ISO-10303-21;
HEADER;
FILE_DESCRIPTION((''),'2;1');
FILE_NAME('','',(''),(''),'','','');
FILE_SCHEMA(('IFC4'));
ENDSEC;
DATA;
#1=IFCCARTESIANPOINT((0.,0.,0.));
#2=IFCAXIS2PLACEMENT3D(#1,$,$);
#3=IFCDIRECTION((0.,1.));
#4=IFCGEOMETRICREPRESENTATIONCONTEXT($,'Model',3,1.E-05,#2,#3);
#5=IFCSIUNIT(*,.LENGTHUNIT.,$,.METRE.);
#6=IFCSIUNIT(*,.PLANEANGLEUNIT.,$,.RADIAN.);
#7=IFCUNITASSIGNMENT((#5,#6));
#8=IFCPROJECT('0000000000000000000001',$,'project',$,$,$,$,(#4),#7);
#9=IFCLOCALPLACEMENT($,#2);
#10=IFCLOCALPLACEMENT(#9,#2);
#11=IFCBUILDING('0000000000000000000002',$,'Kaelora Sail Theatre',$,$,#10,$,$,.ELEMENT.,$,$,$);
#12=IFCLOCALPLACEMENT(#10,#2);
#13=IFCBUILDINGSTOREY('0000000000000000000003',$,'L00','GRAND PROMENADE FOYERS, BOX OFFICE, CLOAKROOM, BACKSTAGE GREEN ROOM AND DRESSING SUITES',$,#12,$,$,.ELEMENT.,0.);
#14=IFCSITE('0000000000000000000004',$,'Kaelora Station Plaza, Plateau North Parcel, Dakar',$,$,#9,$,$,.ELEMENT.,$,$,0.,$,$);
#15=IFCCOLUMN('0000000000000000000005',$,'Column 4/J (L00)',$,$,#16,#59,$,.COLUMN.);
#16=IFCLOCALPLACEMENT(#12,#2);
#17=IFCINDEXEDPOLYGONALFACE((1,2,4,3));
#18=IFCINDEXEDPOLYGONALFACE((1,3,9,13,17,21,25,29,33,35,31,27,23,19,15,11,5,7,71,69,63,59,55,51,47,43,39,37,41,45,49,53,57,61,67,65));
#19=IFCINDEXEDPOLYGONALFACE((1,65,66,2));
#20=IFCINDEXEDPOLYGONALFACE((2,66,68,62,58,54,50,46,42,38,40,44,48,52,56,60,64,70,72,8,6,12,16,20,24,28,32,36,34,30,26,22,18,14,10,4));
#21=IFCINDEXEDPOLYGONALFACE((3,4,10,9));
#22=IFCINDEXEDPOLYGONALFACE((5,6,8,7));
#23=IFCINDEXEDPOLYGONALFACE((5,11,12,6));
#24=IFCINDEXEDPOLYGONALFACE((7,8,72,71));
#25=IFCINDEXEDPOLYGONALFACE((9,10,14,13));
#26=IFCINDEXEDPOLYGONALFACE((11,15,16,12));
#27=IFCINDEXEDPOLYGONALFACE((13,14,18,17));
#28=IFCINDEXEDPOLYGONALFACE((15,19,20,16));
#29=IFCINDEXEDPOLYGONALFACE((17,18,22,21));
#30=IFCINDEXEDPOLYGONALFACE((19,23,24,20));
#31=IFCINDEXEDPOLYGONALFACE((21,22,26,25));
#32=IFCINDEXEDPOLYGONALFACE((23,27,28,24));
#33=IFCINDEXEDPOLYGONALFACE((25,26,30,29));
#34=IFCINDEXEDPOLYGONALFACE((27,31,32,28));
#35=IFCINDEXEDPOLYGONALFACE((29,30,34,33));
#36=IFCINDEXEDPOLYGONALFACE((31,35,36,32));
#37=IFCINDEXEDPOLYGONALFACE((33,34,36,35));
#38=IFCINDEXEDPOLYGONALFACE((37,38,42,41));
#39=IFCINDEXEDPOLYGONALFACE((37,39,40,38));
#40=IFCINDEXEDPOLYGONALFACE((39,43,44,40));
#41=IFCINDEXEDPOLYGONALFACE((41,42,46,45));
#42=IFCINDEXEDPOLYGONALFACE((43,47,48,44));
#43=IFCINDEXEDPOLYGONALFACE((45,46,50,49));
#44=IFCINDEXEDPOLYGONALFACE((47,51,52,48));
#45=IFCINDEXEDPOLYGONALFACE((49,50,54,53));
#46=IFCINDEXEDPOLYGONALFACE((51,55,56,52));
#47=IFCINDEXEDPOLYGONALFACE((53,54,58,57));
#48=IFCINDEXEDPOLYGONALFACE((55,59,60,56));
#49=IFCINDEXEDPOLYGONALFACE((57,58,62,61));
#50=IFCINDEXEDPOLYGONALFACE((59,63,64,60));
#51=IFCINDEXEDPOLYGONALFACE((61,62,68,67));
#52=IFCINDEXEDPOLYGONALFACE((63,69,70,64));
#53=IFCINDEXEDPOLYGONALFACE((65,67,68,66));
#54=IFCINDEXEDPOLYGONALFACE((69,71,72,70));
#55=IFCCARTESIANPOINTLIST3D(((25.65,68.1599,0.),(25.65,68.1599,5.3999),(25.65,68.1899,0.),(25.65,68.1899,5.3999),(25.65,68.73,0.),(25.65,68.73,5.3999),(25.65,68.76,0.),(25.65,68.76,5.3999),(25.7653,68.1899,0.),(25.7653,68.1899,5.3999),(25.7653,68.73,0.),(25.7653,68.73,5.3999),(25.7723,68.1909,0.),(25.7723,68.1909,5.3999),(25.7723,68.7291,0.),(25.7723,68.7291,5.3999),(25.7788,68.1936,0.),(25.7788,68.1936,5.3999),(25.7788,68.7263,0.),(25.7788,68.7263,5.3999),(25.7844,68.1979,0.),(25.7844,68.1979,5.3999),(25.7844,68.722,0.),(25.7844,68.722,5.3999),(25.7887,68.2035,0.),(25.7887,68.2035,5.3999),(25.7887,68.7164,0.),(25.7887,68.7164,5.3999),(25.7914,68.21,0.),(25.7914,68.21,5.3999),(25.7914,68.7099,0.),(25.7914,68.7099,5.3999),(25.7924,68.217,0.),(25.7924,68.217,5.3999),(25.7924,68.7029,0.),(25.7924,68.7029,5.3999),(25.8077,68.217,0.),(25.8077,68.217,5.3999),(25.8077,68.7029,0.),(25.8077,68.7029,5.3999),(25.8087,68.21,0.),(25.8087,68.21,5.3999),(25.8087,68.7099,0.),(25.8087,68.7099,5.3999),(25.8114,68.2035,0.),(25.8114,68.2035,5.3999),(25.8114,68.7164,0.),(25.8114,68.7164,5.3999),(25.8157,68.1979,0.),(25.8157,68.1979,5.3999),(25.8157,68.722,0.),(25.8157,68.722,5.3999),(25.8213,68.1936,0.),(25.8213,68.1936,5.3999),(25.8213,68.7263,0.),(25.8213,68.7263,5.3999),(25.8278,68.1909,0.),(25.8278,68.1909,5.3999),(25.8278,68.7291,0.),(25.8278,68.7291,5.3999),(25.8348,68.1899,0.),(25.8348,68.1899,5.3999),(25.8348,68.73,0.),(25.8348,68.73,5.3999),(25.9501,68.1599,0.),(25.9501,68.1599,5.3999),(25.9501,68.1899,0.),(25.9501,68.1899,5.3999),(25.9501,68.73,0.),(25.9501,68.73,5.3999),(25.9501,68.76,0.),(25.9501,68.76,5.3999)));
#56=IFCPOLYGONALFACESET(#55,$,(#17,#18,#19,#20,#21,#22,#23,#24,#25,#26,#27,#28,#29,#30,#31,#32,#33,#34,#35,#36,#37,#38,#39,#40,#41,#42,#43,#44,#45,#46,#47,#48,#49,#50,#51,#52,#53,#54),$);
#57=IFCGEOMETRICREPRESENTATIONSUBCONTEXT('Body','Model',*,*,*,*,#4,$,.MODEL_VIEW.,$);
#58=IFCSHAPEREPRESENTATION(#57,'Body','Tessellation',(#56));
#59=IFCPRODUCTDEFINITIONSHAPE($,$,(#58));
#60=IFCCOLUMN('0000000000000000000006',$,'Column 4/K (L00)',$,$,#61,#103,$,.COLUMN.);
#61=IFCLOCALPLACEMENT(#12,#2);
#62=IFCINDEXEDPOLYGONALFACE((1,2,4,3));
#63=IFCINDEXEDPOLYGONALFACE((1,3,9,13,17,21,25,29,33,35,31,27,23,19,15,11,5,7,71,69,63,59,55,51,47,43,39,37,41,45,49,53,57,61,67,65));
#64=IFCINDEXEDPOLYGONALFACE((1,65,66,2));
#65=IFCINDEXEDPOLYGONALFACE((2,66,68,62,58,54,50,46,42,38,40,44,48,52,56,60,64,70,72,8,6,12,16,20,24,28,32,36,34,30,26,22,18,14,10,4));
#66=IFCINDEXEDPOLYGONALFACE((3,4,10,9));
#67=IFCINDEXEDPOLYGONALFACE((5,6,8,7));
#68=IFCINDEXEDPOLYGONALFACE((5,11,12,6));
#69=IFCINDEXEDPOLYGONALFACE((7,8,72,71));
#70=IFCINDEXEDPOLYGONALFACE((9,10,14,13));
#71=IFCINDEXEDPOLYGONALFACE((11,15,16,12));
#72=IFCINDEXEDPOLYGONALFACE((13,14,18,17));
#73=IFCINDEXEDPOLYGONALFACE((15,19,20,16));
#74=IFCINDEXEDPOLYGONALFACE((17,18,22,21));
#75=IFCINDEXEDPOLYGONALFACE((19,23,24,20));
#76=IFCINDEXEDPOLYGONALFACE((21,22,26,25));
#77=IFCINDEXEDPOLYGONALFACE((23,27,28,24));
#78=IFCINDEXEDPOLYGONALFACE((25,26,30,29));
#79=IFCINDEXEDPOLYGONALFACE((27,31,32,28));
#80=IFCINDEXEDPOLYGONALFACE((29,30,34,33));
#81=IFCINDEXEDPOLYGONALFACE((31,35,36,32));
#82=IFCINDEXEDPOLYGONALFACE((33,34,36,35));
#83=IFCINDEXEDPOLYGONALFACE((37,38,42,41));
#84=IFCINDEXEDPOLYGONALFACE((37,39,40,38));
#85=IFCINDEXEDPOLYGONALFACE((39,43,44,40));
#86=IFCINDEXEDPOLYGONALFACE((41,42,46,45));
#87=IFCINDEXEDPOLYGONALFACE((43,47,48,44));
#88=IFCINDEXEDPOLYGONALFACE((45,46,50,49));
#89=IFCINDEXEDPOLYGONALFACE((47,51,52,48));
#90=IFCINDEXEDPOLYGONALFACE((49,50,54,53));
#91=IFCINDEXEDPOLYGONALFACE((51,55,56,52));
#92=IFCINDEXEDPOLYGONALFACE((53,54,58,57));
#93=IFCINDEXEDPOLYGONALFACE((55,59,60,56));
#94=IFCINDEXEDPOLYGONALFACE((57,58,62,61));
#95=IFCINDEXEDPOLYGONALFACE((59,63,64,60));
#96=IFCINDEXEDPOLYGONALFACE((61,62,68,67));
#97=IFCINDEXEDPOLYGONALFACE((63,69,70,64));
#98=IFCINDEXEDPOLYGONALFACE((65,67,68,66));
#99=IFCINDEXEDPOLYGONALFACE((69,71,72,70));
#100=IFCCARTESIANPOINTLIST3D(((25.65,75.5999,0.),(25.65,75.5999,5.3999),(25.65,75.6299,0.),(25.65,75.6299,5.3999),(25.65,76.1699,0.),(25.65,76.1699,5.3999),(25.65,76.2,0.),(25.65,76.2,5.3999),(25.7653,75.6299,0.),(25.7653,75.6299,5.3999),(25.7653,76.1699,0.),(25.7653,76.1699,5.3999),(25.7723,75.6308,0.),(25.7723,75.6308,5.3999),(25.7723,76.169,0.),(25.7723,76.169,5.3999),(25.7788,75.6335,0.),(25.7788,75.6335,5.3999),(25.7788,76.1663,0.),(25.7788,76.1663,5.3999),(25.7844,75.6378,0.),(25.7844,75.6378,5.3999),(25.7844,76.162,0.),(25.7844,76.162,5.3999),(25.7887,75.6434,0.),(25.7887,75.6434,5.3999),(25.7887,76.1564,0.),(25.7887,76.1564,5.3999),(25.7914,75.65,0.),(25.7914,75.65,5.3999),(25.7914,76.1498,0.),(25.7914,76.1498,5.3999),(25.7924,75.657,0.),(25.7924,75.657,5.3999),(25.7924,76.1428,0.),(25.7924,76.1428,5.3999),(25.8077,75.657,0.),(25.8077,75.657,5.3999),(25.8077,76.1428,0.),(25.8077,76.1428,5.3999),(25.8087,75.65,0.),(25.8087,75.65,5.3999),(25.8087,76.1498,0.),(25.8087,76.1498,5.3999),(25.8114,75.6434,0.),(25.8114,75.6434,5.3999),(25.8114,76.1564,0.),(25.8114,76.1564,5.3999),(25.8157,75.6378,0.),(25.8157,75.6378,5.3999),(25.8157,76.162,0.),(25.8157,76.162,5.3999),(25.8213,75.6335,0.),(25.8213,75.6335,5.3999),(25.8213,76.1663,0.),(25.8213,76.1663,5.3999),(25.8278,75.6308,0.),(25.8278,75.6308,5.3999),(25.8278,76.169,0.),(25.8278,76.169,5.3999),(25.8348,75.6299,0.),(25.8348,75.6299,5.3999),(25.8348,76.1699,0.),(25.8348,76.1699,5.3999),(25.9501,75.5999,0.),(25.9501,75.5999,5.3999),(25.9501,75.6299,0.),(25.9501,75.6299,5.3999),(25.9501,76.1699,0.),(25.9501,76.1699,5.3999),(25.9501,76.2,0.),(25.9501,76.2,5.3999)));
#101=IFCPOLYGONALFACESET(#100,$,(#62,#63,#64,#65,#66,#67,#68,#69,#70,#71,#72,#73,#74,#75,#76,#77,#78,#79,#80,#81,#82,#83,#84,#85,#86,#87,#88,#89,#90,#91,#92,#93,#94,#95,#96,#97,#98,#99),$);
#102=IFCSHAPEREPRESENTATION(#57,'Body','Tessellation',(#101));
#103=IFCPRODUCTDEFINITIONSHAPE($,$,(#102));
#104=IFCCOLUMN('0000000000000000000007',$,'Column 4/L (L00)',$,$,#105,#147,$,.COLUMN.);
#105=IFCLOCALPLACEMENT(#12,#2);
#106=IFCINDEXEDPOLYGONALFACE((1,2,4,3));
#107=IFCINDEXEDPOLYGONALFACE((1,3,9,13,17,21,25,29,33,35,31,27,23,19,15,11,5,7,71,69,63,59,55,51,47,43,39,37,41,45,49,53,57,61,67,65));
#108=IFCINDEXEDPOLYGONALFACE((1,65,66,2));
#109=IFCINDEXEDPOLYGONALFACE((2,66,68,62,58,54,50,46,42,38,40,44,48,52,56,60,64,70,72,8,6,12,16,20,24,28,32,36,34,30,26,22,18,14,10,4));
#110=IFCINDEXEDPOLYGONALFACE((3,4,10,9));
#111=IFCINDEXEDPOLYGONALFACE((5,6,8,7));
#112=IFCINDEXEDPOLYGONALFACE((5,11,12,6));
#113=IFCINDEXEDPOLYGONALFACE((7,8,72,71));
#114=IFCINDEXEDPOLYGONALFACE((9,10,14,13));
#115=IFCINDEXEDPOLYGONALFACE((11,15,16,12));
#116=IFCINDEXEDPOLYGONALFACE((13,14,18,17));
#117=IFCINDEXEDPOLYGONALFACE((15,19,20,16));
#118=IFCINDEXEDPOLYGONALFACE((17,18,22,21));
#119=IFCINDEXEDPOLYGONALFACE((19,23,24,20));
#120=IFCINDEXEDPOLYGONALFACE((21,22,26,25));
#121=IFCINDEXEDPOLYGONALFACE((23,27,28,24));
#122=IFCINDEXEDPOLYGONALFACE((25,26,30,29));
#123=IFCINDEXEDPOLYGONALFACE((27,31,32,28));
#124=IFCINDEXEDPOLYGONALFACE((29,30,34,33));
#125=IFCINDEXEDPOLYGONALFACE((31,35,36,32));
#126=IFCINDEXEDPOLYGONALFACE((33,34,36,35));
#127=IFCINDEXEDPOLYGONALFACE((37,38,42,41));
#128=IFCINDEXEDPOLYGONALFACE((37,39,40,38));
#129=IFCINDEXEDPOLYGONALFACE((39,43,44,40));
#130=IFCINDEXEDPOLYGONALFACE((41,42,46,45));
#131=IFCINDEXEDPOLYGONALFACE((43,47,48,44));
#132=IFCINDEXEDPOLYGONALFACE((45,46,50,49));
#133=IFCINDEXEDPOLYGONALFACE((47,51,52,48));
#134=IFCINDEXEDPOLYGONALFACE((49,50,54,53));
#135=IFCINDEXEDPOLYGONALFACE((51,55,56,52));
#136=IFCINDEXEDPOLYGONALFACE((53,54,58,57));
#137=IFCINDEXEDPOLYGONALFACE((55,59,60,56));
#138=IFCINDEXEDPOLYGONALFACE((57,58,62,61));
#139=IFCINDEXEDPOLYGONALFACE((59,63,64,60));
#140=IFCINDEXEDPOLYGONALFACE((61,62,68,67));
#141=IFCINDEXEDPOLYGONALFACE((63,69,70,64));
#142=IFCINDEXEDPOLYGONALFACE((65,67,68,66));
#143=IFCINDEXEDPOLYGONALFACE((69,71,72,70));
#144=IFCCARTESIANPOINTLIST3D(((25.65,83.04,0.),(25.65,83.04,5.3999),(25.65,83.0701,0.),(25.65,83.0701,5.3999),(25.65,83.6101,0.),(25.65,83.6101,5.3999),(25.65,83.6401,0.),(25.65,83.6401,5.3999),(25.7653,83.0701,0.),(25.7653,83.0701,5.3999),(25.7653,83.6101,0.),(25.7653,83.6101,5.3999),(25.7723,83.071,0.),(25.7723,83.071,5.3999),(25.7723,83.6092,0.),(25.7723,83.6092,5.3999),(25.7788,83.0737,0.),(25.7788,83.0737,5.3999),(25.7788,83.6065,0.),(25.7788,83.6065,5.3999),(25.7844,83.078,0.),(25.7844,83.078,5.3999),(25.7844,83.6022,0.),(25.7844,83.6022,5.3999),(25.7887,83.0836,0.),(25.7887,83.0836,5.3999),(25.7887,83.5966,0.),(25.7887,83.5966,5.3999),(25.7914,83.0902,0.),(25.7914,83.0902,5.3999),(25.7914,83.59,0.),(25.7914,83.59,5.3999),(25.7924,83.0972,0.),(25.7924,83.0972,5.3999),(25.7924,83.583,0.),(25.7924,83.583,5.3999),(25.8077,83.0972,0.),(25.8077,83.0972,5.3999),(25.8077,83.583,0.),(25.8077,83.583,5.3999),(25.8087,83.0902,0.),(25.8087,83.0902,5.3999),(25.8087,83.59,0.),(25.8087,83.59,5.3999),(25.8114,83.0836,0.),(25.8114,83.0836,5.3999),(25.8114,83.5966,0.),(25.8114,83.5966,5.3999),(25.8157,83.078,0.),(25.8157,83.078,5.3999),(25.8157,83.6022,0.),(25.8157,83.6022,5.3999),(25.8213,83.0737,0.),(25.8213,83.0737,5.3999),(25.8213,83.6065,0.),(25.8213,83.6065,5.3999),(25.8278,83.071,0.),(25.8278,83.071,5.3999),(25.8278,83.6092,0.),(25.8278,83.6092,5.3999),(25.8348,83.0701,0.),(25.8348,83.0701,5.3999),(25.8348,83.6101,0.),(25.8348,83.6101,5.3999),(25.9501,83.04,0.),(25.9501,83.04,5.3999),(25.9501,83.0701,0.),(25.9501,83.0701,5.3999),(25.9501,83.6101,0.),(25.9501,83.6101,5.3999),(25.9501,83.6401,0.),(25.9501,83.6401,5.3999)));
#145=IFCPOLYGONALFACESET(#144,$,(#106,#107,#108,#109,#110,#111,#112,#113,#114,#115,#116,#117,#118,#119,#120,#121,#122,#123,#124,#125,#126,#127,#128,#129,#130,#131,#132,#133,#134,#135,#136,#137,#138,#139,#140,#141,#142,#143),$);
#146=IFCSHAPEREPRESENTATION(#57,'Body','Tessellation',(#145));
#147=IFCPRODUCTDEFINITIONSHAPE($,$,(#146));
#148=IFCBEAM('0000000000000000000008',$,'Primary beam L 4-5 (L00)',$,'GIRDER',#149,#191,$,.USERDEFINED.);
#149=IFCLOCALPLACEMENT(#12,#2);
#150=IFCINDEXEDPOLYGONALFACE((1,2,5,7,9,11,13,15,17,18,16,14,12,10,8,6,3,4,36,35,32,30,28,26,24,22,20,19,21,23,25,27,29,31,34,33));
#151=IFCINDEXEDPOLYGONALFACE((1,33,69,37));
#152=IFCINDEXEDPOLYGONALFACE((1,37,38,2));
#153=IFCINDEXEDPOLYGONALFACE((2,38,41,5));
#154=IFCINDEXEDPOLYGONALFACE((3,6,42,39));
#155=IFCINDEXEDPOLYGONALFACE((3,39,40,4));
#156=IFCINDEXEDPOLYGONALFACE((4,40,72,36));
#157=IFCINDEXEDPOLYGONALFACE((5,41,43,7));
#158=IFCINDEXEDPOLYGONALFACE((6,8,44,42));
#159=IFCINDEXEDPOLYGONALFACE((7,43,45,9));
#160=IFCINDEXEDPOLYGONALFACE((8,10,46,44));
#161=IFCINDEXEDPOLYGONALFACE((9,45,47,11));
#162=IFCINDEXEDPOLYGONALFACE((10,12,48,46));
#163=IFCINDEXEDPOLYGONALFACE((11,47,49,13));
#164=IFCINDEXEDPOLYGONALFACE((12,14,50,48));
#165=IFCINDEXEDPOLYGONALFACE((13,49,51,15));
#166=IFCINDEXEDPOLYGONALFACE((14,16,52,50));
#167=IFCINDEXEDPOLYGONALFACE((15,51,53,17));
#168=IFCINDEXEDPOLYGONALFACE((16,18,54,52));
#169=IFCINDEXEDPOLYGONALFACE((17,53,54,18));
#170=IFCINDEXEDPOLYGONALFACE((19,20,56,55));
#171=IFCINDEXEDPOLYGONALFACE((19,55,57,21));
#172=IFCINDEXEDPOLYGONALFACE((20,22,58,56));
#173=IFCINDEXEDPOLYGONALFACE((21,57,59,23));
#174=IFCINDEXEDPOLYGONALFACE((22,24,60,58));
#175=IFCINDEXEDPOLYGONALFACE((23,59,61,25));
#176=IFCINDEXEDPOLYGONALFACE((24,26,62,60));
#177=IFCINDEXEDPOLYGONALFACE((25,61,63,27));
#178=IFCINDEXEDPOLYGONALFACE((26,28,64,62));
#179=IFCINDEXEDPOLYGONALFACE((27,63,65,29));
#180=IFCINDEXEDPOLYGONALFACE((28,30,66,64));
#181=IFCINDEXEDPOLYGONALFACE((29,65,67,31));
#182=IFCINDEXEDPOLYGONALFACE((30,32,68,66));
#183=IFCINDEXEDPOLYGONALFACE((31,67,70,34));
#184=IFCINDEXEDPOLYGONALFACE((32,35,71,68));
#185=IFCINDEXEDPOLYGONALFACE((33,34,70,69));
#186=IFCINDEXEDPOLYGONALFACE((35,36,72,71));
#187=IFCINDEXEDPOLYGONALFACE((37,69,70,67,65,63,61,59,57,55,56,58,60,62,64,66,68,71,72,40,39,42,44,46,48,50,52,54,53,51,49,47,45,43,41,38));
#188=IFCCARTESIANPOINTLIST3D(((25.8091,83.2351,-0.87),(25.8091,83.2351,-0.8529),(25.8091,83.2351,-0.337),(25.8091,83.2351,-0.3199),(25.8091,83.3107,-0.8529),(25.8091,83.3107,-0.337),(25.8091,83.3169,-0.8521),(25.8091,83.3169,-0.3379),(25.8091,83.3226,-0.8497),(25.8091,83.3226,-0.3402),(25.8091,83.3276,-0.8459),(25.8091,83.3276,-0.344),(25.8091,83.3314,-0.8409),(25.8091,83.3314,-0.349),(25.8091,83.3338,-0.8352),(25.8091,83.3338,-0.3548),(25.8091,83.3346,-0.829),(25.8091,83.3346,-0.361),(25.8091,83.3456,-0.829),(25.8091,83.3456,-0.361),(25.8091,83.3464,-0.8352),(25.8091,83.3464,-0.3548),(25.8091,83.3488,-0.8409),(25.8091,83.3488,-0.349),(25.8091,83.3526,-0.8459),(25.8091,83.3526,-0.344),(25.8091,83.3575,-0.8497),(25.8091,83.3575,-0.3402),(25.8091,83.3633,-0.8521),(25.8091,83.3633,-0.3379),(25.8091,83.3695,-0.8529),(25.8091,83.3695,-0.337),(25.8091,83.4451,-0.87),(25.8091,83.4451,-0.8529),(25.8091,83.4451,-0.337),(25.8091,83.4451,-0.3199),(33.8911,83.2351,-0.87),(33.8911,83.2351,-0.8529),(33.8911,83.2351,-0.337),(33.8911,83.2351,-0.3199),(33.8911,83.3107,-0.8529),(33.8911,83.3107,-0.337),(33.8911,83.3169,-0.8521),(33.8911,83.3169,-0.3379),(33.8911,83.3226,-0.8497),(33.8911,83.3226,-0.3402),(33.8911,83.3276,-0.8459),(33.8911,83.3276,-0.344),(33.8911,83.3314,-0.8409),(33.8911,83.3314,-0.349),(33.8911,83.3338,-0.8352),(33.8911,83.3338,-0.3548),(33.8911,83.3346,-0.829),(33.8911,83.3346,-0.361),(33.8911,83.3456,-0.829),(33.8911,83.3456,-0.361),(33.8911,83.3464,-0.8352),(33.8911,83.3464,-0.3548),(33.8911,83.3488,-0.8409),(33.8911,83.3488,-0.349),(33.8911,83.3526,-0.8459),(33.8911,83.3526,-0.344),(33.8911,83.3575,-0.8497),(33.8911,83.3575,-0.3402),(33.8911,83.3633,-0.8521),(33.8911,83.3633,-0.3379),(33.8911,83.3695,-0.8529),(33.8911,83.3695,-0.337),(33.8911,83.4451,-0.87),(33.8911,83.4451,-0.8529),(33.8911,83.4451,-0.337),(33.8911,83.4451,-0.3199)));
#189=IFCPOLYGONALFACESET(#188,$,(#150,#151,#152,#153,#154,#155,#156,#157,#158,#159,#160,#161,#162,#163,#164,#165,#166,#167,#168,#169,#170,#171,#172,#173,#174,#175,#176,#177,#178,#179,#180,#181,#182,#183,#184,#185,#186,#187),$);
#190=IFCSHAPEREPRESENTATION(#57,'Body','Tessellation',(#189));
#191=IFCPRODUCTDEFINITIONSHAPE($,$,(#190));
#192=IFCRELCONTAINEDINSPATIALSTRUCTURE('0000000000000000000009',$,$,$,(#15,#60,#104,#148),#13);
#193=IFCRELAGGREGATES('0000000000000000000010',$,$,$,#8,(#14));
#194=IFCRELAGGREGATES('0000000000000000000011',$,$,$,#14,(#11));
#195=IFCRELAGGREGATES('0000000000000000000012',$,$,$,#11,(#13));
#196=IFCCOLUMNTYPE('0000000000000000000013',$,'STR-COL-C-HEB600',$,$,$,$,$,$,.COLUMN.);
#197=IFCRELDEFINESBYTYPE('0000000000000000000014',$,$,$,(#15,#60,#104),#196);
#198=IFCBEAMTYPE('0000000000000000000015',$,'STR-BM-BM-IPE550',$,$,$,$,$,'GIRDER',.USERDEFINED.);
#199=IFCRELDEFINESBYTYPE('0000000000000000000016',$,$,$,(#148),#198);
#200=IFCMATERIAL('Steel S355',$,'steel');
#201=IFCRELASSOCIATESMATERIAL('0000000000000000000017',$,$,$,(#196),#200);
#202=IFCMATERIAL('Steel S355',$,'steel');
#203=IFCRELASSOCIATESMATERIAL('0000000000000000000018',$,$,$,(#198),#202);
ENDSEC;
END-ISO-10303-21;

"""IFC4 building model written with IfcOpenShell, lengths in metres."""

from ifc_helpers import new_model, si_unit, direction, frame, origin, origin_2d, place, context, subcontext, project, spatial, i_section, extrude, material, material_profile, profile_set, type_object, element, save


model = new_model("IFC4")

# Units and contexts
model_context = context("Model", 3, precision=1e-05, world=origin(), true_north=direction((0.0, 1.0)))
body_context = subcontext(model_context, "Body", "Model", "MODEL_VIEW")
ifc_project = project(units=[si_unit("LENGTHUNIT", "METRE"), si_unit("PLANEANGLEUNIT", "RADIAN")], contexts=[model_context])

# Site, building, storey
site_placement = place(None, origin())
site = spatial("IfcSite", under=ifc_project, at=site_placement, Name="Kaelora Station Plaza, Plateau North Parcel, Dakar", CompositionType="ELEMENT", RefElevation=0.0)
building_placement = place(site_placement, origin())
building = spatial("IfcBuilding", under=site, at=building_placement, Name="Kaelora Sail Theatre", CompositionType="ELEMENT")
storey_placement = place(building_placement, origin())
storey = spatial("IfcBuildingStorey", under=building, at=storey_placement, Name="L00", Description="GRAND PROMENADE FOYERS, BOX OFFICE, CLOAKROOM, BACKSTAGE GREEN ROOM AND DRESSING SUITES", CompositionType="ELEMENT", Elevation=0.0)

# Columns
ifc_material_1 = material(Name="Steel S355", Category="steel")
ifc_material_profile_1 = material_profile(ifc_material_1, i_section(OverallWidth=0.3, OverallDepth=0.6001, WebThickness=0.0154, FlangeThickness=0.03, FilletRadius=0.0271, at=origin_2d()), Name="HEB 600")
ifc_profile_set_1 = profile_set([ifc_material_profile_1], Name="Steel S355")
column_type = type_object("IfcColumnType", Name="STR-COL-C-HEB600", PredefinedType="COLUMN", material=ifc_profile_set_1)
for number, where, z_axis, x_axis, name in (
    (1, (25.8, 68.46, 0.0), (0.0, 0.0, 1.0), (1.0, 0.0, 0.0), "Column 4/J (L00)"),
    (2, (25.8, 75.8999, 0.0), (0.0, 0.0, 1.0), (1.0, 0.0, 0.0), "Column 4/K (L00)"),
    (3, (25.8, 83.3401, 0.0), (0.0, 0.0, 1.0), (1.0, 0.0, 0.0), "Column 4/L (L00)"),
):
    element("IfcColumn", number, at=place(storey_placement, frame(where, z_axis=z_axis, x_axis=x_axis)), inside=storey, type_object=column_type, Name=name, PredefinedType="COLUMN", context=body_context, shape_type="SweptSolid", body=[
        extrude(i_section(OverallWidth=0.3, OverallDepth=0.6001, WebThickness=0.0154, FlangeThickness=0.03, FilletRadius=0.0271, at=origin_2d()), origin(), (0.0, 0.0, 1.0), 5.3999),
    ])

# Beam
ifc_material_2 = material(Name="Steel S355", Category="steel")
ifc_material_profile_2 = material_profile(ifc_material_2, i_section(OverallWidth=0.21, OverallDepth=0.55, WebThickness=0.011, FlangeThickness=0.0171, FilletRadius=0.0239, at=origin_2d()), Name="IPE 550")
ifc_profile_set_2 = profile_set([ifc_material_profile_2], Name="Steel S355")
beam_type_1 = type_object("IfcBeamType", Name="STR-BM-BM-IPE550", ElementType="GIRDER", PredefinedType="USERDEFINED", material=ifc_profile_set_2)
beam_1_placement = place(storey_placement, frame((25.8091, 83.3401, -0.595), z_axis=(1.0, 0.0, 0.0), x_axis=(0.0, 1.0, 0.0)))
element("IfcBeam", 4, at=beam_1_placement, inside=storey, type_object=beam_type_1, Name="Primary beam L 4-5 (L00)", ObjectType="GIRDER", PredefinedType="USERDEFINED", context=body_context, shape_type="SweptSolid", body=[
    extrude(i_section(OverallWidth=0.21, OverallDepth=0.55, WebThickness=0.011, FlangeThickness=0.0171, FilletRadius=0.0239, at=origin_2d()), origin(), (0.0, 0.0, 1.0), 8.082),
])

save(model, "model.ifc")
